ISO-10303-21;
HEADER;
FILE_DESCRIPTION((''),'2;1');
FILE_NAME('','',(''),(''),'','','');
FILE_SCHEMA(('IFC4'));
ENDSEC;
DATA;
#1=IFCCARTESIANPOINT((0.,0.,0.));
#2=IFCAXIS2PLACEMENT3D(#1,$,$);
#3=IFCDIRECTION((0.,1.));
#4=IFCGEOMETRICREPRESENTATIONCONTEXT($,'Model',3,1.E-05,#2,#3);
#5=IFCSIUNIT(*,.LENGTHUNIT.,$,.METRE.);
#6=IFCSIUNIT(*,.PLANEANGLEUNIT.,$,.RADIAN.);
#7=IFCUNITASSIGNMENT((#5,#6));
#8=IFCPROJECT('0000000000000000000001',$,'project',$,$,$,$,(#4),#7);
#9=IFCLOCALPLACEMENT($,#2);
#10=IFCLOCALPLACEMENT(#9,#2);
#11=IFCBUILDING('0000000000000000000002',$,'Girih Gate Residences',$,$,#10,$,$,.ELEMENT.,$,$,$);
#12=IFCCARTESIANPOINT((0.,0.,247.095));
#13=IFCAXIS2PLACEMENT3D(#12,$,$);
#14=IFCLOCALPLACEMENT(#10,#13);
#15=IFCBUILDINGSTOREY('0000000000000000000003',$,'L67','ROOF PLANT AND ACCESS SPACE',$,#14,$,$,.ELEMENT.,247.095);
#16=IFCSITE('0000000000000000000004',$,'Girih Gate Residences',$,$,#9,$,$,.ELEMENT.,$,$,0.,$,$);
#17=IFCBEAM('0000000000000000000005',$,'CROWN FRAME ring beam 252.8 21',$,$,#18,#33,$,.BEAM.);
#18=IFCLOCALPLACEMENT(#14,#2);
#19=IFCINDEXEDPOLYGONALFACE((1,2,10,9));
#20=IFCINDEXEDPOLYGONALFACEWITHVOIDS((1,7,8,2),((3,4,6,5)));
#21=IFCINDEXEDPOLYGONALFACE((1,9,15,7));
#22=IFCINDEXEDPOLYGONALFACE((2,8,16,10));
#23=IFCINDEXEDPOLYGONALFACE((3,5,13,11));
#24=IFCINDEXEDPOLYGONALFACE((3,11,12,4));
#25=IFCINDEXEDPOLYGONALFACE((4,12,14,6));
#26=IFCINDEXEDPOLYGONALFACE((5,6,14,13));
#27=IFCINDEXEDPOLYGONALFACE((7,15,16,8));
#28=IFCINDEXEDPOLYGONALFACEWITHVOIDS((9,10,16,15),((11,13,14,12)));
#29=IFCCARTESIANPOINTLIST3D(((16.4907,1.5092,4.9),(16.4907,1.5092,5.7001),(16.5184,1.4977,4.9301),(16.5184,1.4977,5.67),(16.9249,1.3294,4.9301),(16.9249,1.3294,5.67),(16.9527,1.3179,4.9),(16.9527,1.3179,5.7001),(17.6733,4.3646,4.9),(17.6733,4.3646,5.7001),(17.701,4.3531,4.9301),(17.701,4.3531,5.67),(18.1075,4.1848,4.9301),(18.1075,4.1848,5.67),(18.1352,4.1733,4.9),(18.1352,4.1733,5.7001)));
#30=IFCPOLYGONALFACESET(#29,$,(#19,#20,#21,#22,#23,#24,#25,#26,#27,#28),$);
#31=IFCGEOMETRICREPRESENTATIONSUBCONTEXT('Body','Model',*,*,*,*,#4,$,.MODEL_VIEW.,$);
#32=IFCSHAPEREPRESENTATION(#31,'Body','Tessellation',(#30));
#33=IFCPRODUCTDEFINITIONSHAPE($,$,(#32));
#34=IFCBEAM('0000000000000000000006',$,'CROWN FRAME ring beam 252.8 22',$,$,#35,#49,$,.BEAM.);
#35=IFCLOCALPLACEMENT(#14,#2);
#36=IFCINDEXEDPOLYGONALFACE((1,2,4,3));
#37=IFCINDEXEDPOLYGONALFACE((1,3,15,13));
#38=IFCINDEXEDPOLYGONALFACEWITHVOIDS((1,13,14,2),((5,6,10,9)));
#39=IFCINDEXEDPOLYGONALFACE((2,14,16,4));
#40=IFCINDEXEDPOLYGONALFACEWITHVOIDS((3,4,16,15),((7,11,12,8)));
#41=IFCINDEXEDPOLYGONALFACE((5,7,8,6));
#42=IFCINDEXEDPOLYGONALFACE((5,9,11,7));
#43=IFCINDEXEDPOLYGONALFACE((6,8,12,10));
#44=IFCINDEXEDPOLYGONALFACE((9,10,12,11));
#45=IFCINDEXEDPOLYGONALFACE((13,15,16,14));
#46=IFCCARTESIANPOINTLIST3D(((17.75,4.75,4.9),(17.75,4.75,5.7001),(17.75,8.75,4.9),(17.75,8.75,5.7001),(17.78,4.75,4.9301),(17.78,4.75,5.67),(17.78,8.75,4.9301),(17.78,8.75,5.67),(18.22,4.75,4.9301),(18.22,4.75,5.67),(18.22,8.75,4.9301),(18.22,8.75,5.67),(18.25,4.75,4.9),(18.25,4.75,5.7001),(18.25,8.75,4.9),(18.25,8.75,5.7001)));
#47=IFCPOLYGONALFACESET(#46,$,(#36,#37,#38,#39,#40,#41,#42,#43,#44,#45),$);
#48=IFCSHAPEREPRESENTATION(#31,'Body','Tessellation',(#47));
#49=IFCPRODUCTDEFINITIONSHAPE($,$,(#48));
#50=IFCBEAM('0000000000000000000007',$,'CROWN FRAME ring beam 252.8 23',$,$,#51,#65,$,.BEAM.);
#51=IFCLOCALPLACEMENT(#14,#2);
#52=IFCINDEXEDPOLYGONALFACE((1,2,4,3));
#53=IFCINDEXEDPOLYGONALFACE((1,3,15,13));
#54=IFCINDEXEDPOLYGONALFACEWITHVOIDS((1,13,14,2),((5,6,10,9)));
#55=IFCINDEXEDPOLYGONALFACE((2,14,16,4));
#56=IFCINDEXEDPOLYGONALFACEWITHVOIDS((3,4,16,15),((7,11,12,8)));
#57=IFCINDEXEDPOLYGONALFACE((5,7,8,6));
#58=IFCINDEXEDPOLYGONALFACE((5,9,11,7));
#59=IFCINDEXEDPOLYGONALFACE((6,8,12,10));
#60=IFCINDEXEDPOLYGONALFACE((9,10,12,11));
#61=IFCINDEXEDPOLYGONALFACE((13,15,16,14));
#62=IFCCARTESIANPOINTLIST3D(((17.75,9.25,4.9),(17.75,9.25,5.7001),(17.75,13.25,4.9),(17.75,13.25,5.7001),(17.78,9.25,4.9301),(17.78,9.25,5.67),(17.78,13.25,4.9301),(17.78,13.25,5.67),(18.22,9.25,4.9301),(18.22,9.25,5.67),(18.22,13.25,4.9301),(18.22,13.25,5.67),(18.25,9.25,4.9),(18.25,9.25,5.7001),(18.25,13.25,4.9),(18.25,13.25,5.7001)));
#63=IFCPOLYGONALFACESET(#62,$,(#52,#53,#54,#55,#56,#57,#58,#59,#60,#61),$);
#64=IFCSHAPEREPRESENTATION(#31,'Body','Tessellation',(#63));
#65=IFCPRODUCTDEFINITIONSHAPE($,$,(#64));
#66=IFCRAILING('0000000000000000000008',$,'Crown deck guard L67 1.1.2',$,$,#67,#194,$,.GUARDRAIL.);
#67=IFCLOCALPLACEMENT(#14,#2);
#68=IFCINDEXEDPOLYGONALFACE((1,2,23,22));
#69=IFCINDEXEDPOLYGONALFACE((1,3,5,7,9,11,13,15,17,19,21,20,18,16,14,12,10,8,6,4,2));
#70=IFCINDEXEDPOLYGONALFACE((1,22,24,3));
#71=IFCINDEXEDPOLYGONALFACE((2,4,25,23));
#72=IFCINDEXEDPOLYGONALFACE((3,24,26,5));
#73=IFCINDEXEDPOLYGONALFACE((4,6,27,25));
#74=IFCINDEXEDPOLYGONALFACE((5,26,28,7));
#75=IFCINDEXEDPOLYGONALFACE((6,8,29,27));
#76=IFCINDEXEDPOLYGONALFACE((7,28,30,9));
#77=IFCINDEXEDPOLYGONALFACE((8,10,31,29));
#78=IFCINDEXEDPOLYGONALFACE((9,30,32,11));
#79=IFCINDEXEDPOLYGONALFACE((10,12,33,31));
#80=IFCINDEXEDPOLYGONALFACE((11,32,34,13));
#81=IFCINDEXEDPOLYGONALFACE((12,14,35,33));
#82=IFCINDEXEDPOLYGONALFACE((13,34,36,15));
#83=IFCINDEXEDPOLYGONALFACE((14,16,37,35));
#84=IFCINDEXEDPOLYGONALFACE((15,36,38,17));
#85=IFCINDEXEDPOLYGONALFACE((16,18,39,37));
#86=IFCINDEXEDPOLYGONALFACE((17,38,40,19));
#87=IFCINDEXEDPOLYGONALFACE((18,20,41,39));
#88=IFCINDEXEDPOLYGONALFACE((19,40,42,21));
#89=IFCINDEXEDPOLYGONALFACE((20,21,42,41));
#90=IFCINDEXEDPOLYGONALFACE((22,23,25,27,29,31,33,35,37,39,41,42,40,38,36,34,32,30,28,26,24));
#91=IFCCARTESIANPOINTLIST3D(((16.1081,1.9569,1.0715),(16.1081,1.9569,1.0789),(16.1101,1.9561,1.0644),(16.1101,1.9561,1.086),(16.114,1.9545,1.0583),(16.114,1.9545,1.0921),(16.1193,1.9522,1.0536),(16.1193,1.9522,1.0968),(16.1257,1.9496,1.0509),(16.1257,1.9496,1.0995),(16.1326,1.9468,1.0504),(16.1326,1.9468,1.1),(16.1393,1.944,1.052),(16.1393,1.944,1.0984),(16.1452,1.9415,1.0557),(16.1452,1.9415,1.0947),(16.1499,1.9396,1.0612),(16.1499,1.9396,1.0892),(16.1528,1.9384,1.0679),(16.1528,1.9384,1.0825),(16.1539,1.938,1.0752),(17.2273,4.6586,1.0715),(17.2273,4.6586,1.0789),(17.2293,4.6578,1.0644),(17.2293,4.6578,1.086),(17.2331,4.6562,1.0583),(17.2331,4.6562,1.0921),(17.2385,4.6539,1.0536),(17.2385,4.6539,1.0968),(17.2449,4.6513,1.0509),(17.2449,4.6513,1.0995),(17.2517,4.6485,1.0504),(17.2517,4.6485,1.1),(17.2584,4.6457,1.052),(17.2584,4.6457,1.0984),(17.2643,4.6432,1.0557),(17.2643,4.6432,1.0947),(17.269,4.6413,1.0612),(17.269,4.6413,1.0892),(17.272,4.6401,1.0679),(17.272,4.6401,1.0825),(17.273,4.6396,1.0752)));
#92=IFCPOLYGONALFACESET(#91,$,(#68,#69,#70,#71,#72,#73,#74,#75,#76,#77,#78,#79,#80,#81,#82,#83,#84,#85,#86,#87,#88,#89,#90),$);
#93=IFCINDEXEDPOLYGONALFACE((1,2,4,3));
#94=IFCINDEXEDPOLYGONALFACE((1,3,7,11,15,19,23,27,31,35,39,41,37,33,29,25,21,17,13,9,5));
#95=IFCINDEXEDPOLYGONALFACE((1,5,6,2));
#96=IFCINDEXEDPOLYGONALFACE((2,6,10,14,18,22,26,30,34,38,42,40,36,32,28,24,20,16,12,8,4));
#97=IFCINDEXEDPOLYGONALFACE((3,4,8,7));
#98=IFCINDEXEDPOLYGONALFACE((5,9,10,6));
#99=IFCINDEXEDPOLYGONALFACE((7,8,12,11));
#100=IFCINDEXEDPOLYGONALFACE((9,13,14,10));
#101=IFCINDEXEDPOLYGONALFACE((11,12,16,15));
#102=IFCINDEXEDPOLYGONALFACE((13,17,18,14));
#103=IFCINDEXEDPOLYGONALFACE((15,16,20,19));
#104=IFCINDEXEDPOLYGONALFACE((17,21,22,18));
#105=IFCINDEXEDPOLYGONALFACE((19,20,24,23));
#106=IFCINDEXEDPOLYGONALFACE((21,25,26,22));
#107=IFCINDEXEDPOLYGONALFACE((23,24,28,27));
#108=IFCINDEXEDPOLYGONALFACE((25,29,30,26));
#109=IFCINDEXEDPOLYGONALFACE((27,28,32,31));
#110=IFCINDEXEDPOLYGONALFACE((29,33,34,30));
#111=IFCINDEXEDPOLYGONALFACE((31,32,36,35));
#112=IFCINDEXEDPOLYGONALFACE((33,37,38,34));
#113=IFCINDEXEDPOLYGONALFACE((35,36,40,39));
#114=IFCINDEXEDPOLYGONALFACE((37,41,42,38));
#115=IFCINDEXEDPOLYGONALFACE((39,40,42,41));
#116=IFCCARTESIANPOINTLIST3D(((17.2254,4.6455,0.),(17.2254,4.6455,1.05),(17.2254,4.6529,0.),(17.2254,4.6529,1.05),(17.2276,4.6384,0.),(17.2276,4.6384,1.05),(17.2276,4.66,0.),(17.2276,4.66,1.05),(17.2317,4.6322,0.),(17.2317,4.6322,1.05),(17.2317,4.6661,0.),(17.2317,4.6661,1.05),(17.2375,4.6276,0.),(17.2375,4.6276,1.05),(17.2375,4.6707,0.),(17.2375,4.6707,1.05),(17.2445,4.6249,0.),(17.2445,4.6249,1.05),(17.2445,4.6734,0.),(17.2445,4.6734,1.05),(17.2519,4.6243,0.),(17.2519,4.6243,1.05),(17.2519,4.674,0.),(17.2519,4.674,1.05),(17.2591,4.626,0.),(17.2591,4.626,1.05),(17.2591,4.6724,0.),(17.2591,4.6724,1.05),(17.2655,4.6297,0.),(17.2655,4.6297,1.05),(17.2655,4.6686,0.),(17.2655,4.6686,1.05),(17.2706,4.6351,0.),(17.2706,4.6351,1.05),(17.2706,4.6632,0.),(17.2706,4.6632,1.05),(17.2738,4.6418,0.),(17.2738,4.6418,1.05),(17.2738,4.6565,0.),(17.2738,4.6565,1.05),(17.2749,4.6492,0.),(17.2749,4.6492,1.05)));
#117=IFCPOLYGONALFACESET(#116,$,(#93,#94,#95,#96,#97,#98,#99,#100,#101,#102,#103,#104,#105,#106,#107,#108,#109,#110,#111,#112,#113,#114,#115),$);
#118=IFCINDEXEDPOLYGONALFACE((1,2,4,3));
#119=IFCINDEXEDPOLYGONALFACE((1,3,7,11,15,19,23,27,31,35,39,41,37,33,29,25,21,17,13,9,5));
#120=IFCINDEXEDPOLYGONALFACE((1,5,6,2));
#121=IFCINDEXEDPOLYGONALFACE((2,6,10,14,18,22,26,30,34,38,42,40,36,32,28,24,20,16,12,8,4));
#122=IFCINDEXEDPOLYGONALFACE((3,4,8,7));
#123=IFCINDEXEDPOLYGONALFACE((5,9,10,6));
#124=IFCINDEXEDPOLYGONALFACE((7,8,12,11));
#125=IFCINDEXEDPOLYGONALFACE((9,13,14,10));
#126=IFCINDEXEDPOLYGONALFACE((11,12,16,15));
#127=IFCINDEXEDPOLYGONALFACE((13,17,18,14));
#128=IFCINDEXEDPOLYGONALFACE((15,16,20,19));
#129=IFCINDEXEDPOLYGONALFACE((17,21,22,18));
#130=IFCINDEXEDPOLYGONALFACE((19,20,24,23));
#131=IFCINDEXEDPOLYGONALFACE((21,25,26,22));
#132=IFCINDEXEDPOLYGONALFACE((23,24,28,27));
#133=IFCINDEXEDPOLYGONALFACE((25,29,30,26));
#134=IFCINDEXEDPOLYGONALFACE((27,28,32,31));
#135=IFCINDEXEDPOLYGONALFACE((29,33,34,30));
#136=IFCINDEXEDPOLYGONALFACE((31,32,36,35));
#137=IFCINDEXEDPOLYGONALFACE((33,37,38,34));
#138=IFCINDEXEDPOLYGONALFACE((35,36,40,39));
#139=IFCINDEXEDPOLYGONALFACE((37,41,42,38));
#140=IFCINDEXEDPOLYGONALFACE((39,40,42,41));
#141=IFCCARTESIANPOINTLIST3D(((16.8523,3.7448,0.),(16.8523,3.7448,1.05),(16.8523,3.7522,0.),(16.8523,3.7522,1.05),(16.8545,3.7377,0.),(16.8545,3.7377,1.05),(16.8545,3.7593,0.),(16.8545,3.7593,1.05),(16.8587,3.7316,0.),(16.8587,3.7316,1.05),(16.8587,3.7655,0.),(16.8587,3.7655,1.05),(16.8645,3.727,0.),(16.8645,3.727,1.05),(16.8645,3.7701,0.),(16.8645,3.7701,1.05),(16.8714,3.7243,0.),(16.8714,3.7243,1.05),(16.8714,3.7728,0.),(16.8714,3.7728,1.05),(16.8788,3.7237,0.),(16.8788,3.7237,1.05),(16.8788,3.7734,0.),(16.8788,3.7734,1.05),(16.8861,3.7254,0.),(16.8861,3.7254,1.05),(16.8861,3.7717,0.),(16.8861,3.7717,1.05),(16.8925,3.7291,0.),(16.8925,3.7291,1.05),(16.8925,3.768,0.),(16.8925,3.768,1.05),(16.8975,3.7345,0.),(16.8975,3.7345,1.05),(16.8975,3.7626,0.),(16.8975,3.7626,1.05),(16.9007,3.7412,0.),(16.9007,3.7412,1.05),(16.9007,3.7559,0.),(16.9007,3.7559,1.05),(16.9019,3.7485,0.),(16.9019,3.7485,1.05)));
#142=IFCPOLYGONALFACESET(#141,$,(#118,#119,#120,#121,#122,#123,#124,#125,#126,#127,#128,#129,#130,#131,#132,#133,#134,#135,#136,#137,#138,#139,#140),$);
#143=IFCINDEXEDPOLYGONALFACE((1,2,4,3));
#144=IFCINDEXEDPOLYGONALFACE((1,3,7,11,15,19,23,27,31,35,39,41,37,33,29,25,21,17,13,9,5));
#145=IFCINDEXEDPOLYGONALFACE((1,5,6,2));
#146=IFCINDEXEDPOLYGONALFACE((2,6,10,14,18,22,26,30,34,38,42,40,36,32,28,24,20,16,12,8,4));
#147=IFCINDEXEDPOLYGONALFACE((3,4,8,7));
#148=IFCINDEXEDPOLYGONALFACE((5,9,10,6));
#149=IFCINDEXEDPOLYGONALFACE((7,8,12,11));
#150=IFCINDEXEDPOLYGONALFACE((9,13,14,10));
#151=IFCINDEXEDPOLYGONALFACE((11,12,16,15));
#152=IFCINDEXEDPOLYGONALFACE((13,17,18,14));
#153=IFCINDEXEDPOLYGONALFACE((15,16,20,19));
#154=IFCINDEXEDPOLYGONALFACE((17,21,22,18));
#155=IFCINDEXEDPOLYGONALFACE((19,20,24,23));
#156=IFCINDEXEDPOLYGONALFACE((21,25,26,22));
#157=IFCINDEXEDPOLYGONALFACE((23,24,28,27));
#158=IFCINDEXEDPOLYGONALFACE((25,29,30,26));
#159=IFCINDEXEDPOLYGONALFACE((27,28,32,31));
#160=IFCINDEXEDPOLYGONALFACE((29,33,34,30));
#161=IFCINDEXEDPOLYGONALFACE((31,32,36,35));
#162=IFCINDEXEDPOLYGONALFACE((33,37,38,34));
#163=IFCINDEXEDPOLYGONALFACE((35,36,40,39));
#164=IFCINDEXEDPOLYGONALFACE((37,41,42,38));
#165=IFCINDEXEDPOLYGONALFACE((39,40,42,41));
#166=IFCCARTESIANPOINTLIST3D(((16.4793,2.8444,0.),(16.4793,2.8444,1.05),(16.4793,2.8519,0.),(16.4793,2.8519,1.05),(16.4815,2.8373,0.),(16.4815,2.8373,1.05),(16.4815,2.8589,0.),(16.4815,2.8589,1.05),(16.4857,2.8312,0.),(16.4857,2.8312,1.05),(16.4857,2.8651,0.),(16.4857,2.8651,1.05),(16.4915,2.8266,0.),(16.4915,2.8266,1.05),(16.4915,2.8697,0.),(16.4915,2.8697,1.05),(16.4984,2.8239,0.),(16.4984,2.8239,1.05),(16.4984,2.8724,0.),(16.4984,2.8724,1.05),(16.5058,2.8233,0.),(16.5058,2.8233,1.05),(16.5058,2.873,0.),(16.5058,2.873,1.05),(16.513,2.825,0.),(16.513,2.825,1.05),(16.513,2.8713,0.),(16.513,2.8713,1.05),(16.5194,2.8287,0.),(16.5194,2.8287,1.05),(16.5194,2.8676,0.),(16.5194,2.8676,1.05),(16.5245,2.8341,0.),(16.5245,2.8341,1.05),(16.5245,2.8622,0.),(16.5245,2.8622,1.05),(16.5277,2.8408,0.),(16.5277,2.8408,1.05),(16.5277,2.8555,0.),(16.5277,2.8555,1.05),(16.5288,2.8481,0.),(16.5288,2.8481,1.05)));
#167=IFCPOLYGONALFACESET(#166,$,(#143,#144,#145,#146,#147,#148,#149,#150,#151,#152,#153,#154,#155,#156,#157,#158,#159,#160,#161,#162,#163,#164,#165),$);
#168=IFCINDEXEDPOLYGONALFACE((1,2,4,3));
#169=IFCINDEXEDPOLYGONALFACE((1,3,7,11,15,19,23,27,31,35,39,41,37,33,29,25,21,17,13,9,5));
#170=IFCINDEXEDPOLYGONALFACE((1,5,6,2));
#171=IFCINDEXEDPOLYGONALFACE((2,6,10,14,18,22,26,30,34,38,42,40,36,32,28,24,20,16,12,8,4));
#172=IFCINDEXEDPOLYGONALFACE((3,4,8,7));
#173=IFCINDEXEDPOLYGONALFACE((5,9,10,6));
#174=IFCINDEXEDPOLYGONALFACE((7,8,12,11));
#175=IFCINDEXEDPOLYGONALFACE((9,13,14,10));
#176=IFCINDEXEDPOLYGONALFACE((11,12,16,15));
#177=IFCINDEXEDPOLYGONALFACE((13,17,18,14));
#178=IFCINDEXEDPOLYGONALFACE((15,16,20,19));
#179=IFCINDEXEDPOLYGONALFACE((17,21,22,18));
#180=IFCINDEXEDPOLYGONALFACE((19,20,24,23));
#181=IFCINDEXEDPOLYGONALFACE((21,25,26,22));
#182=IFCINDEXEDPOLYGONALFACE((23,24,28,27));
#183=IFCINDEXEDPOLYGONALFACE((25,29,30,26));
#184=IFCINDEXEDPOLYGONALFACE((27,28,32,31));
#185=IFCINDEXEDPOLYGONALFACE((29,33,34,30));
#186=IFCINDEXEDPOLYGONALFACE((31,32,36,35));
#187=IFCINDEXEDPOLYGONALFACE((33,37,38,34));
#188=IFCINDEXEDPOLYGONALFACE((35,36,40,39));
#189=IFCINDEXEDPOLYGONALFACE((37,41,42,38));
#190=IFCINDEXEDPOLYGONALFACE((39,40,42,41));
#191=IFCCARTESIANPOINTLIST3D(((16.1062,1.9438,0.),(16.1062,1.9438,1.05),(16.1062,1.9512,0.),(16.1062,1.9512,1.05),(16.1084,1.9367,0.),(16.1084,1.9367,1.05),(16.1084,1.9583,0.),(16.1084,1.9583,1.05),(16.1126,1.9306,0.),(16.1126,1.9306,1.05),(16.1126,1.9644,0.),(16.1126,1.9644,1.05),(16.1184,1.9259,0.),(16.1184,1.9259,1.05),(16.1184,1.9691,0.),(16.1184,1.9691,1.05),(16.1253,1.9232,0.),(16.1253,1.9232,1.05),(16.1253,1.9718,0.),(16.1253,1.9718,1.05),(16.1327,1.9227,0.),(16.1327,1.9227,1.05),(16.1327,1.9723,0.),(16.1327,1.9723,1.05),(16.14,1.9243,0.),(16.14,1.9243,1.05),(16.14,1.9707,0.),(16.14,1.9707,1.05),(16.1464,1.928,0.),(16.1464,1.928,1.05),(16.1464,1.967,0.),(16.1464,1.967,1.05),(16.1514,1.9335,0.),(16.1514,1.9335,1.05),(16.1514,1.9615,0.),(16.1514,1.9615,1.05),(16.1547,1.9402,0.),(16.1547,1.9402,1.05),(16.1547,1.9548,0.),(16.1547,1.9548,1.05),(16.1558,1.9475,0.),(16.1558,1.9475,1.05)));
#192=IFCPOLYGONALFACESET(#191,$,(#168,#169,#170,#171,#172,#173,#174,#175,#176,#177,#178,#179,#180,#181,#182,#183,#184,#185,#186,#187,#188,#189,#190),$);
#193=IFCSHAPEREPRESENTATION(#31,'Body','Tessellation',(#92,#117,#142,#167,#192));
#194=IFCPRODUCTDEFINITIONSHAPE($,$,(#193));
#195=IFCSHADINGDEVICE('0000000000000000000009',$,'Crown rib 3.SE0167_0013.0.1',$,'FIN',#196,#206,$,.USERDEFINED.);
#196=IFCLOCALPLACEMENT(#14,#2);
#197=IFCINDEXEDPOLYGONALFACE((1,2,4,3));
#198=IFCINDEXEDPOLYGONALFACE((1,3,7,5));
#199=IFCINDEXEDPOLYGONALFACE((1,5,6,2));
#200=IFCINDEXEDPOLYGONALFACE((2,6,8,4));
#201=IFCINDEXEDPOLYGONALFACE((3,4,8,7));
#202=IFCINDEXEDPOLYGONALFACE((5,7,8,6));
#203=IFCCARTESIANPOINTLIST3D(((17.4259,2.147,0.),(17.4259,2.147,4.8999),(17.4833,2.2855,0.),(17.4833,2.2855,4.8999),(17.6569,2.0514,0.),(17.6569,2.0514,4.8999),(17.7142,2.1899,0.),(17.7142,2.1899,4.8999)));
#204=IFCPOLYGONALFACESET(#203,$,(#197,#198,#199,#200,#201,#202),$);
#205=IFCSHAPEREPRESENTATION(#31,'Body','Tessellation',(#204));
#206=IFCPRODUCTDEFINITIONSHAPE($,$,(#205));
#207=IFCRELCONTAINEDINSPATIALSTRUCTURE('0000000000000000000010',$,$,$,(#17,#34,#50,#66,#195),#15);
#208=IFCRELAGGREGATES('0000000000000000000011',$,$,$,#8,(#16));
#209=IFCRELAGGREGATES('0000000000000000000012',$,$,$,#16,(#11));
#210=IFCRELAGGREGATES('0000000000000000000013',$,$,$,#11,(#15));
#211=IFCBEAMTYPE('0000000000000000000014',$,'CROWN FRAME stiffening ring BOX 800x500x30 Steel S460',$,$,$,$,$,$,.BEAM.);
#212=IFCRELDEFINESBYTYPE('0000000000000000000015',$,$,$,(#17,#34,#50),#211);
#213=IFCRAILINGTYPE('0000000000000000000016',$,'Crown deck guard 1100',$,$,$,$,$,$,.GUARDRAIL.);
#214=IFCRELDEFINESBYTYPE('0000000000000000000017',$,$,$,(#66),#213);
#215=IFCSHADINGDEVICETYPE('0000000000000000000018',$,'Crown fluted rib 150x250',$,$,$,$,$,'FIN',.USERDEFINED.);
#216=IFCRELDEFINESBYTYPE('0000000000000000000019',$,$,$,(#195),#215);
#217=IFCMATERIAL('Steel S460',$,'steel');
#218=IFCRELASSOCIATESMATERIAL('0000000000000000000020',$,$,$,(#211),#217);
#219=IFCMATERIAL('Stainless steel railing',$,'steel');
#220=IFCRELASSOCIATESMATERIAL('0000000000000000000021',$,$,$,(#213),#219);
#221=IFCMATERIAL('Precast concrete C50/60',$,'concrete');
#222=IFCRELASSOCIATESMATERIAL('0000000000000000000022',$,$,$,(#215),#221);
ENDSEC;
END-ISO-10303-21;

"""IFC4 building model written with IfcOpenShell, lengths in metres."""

from ifc_helpers import new_model, si_unit, direction, frame, origin, origin_2d, place, context, subcontext, project, spatial, rectangle, hollow_rectangle, circle, extrude, material, material_profile, profile_set, type_object, element, save


model = new_model("IFC4")

# Units and contexts
model_context = context("Model", 3, precision=1e-05, world=origin(), true_north=direction((0.0, 1.0)))
body_context = subcontext(model_context, "Body", "Model", "MODEL_VIEW")
ifc_project = project(units=[si_unit("LENGTHUNIT", "METRE"), si_unit("PLANEANGLEUNIT", "RADIAN")], contexts=[model_context])

# Site, building, storey
site_placement = place(None, origin())
site = spatial("IfcSite", under=ifc_project, at=site_placement, Name="Girih Gate Residences", CompositionType="ELEMENT", RefElevation=0.0)
building_placement = place(site_placement, origin())
building = spatial("IfcBuilding", under=site, at=building_placement, Name="Girih Gate Residences", CompositionType="ELEMENT")
storey_placement = place(building_placement, frame((0.0, 0.0, 247.095)))
storey = spatial("IfcBuildingStorey", under=building, at=storey_placement, Name="L67", Description="ROOF PLANT AND ACCESS SPACE", CompositionType="ELEMENT", Elevation=247.095)

# Shared definitions
ifc_material_1 = material(Name="Steel S460", Category="steel")

# Beams
ifc_material_profile_1 = material_profile(ifc_material_1, hollow_rectangle(XDim=0.5, YDim=0.8, WallThickness=0.03, at=origin_2d()))
ifc_profile_set_1 = profile_set([ifc_material_profile_1], Name="Steel S460")
beam_type_1 = type_object("IfcBeamType", Name="CROWN FRAME stiffening ring BOX 800x500x30 Steel S460", PredefinedType="BEAM", material=ifc_profile_set_1)
beam_1_placement = place(storey_placement, frame((16.7217, 1.4136, 5.3), z_axis=(0.38264, 0.923897, 0.0), x_axis=(-0.923897, 0.38264, 0.0)))
element("IfcBeam", 1, at=beam_1_placement, inside=storey, type_object=beam_type_1, Name="CROWN FRAME ring beam 252.8 21", PredefinedType="BEAM", context=body_context, shape_type="SweptSolid", body=[
    extrude(hollow_rectangle(XDim=0.5, YDim=0.8, WallThickness=0.03, at=origin_2d()), origin(), (0.0, 0.0, 1.0), 3.0906),
])
for number, where, z_axis, x_axis, name in (
    (2, (18.0, 4.75, 5.3), (0.0, 1.0, 0.0), (-1.0, 0.0, 0.0), "CROWN FRAME ring beam 252.8 22"),
    (3, (18.0, 9.25, 5.3), (0.0, 1.0, 0.0), (-1.0, 0.0, 0.0), "CROWN FRAME ring beam 252.8 23"),
):
    element("IfcBeam", number, at=place(storey_placement, frame(where, z_axis=z_axis, x_axis=x_axis)), inside=storey, type_object=beam_type_1, Name=name, PredefinedType="BEAM", context=body_context, shape_type="SweptSolid", body=[
        extrude(hollow_rectangle(XDim=0.5, YDim=0.8, WallThickness=0.03, at=origin_2d()), origin(), (0.0, 0.0, 1.0), 4.0),
    ])

# Railing
ifc_material_2 = material(Name="Stainless steel railing", Category="steel")
railing_type = type_object("IfcRailingType", Name="Crown deck guard 1100", PredefinedType="GUARDRAIL", material=ifc_material_2)
railing_placement = place(storey_placement, frame((17.25, 4.6492, 0.0)))
element("IfcRailing", 4, at=railing_placement, inside=storey, type_object=railing_type, Name="Crown deck guard L67 1.1.2", PredefinedType="GUARDRAIL", context=body_context, shape_type="SweptSolid", body=[
    extrude(circle(Radius=0.0249, at=origin_2d()), frame((0.0, 0.0, 1.0752), z_axis=(-0.382706, -0.92387, 0.0), x_axis=(0.92387, -0.382706, 0.0)), (0.0, 0.0, 1.0), 2.9243),
    extrude(circle(Radius=0.0249, at=origin_2d()), origin(), (0.0, 0.0, 1.0), 1.05),
    extrude(circle(Radius=0.0249, at=origin_2d()), frame((-0.373, -0.9006, 0.0)), (0.0, 0.0, 1.0), 1.05),
    extrude(circle(Radius=0.0249, at=origin_2d()), frame((-0.7461, -1.801, 0.0)), (0.0, 0.0, 1.0), 1.05),
    extrude(circle(Radius=0.0249, at=origin_2d()), frame((-1.1191, -2.7017, 0.0)), (0.0, 0.0, 1.0), 1.05),
])

# Shading device
ifc_material_3 = material(Name="Precast concrete C50/60", Category="concrete")
shading_device_type_1 = type_object("IfcShadingDeviceType", Name="Crown fluted rib 150x250", ElementType="FIN", PredefinedType="USERDEFINED", material=ifc_material_3)
for number, where, z_axis, x_axis, name in (
    (5, (17.5701, 2.1685, 0.0), (0.0, 0.0, 1.0), (0.382683, 0.92388, 0.0), "Crown rib 3.SE0167_0013.0.1"),
):
    element("IfcShadingDevice", number, at=place(storey_placement, frame(where, z_axis=z_axis, x_axis=x_axis)), inside=storey, type_object=shading_device_type_1, Name=name, ObjectType="FIN", PredefinedType="USERDEFINED", context=body_context, shape_type="SweptSolid", body=[
        extrude(rectangle(XDim=0.1499, YDim=0.25, at=origin_2d()), origin(), (0.0, 0.0, 1.0), 4.8999),
    ])

save(model, "model.ifc")
